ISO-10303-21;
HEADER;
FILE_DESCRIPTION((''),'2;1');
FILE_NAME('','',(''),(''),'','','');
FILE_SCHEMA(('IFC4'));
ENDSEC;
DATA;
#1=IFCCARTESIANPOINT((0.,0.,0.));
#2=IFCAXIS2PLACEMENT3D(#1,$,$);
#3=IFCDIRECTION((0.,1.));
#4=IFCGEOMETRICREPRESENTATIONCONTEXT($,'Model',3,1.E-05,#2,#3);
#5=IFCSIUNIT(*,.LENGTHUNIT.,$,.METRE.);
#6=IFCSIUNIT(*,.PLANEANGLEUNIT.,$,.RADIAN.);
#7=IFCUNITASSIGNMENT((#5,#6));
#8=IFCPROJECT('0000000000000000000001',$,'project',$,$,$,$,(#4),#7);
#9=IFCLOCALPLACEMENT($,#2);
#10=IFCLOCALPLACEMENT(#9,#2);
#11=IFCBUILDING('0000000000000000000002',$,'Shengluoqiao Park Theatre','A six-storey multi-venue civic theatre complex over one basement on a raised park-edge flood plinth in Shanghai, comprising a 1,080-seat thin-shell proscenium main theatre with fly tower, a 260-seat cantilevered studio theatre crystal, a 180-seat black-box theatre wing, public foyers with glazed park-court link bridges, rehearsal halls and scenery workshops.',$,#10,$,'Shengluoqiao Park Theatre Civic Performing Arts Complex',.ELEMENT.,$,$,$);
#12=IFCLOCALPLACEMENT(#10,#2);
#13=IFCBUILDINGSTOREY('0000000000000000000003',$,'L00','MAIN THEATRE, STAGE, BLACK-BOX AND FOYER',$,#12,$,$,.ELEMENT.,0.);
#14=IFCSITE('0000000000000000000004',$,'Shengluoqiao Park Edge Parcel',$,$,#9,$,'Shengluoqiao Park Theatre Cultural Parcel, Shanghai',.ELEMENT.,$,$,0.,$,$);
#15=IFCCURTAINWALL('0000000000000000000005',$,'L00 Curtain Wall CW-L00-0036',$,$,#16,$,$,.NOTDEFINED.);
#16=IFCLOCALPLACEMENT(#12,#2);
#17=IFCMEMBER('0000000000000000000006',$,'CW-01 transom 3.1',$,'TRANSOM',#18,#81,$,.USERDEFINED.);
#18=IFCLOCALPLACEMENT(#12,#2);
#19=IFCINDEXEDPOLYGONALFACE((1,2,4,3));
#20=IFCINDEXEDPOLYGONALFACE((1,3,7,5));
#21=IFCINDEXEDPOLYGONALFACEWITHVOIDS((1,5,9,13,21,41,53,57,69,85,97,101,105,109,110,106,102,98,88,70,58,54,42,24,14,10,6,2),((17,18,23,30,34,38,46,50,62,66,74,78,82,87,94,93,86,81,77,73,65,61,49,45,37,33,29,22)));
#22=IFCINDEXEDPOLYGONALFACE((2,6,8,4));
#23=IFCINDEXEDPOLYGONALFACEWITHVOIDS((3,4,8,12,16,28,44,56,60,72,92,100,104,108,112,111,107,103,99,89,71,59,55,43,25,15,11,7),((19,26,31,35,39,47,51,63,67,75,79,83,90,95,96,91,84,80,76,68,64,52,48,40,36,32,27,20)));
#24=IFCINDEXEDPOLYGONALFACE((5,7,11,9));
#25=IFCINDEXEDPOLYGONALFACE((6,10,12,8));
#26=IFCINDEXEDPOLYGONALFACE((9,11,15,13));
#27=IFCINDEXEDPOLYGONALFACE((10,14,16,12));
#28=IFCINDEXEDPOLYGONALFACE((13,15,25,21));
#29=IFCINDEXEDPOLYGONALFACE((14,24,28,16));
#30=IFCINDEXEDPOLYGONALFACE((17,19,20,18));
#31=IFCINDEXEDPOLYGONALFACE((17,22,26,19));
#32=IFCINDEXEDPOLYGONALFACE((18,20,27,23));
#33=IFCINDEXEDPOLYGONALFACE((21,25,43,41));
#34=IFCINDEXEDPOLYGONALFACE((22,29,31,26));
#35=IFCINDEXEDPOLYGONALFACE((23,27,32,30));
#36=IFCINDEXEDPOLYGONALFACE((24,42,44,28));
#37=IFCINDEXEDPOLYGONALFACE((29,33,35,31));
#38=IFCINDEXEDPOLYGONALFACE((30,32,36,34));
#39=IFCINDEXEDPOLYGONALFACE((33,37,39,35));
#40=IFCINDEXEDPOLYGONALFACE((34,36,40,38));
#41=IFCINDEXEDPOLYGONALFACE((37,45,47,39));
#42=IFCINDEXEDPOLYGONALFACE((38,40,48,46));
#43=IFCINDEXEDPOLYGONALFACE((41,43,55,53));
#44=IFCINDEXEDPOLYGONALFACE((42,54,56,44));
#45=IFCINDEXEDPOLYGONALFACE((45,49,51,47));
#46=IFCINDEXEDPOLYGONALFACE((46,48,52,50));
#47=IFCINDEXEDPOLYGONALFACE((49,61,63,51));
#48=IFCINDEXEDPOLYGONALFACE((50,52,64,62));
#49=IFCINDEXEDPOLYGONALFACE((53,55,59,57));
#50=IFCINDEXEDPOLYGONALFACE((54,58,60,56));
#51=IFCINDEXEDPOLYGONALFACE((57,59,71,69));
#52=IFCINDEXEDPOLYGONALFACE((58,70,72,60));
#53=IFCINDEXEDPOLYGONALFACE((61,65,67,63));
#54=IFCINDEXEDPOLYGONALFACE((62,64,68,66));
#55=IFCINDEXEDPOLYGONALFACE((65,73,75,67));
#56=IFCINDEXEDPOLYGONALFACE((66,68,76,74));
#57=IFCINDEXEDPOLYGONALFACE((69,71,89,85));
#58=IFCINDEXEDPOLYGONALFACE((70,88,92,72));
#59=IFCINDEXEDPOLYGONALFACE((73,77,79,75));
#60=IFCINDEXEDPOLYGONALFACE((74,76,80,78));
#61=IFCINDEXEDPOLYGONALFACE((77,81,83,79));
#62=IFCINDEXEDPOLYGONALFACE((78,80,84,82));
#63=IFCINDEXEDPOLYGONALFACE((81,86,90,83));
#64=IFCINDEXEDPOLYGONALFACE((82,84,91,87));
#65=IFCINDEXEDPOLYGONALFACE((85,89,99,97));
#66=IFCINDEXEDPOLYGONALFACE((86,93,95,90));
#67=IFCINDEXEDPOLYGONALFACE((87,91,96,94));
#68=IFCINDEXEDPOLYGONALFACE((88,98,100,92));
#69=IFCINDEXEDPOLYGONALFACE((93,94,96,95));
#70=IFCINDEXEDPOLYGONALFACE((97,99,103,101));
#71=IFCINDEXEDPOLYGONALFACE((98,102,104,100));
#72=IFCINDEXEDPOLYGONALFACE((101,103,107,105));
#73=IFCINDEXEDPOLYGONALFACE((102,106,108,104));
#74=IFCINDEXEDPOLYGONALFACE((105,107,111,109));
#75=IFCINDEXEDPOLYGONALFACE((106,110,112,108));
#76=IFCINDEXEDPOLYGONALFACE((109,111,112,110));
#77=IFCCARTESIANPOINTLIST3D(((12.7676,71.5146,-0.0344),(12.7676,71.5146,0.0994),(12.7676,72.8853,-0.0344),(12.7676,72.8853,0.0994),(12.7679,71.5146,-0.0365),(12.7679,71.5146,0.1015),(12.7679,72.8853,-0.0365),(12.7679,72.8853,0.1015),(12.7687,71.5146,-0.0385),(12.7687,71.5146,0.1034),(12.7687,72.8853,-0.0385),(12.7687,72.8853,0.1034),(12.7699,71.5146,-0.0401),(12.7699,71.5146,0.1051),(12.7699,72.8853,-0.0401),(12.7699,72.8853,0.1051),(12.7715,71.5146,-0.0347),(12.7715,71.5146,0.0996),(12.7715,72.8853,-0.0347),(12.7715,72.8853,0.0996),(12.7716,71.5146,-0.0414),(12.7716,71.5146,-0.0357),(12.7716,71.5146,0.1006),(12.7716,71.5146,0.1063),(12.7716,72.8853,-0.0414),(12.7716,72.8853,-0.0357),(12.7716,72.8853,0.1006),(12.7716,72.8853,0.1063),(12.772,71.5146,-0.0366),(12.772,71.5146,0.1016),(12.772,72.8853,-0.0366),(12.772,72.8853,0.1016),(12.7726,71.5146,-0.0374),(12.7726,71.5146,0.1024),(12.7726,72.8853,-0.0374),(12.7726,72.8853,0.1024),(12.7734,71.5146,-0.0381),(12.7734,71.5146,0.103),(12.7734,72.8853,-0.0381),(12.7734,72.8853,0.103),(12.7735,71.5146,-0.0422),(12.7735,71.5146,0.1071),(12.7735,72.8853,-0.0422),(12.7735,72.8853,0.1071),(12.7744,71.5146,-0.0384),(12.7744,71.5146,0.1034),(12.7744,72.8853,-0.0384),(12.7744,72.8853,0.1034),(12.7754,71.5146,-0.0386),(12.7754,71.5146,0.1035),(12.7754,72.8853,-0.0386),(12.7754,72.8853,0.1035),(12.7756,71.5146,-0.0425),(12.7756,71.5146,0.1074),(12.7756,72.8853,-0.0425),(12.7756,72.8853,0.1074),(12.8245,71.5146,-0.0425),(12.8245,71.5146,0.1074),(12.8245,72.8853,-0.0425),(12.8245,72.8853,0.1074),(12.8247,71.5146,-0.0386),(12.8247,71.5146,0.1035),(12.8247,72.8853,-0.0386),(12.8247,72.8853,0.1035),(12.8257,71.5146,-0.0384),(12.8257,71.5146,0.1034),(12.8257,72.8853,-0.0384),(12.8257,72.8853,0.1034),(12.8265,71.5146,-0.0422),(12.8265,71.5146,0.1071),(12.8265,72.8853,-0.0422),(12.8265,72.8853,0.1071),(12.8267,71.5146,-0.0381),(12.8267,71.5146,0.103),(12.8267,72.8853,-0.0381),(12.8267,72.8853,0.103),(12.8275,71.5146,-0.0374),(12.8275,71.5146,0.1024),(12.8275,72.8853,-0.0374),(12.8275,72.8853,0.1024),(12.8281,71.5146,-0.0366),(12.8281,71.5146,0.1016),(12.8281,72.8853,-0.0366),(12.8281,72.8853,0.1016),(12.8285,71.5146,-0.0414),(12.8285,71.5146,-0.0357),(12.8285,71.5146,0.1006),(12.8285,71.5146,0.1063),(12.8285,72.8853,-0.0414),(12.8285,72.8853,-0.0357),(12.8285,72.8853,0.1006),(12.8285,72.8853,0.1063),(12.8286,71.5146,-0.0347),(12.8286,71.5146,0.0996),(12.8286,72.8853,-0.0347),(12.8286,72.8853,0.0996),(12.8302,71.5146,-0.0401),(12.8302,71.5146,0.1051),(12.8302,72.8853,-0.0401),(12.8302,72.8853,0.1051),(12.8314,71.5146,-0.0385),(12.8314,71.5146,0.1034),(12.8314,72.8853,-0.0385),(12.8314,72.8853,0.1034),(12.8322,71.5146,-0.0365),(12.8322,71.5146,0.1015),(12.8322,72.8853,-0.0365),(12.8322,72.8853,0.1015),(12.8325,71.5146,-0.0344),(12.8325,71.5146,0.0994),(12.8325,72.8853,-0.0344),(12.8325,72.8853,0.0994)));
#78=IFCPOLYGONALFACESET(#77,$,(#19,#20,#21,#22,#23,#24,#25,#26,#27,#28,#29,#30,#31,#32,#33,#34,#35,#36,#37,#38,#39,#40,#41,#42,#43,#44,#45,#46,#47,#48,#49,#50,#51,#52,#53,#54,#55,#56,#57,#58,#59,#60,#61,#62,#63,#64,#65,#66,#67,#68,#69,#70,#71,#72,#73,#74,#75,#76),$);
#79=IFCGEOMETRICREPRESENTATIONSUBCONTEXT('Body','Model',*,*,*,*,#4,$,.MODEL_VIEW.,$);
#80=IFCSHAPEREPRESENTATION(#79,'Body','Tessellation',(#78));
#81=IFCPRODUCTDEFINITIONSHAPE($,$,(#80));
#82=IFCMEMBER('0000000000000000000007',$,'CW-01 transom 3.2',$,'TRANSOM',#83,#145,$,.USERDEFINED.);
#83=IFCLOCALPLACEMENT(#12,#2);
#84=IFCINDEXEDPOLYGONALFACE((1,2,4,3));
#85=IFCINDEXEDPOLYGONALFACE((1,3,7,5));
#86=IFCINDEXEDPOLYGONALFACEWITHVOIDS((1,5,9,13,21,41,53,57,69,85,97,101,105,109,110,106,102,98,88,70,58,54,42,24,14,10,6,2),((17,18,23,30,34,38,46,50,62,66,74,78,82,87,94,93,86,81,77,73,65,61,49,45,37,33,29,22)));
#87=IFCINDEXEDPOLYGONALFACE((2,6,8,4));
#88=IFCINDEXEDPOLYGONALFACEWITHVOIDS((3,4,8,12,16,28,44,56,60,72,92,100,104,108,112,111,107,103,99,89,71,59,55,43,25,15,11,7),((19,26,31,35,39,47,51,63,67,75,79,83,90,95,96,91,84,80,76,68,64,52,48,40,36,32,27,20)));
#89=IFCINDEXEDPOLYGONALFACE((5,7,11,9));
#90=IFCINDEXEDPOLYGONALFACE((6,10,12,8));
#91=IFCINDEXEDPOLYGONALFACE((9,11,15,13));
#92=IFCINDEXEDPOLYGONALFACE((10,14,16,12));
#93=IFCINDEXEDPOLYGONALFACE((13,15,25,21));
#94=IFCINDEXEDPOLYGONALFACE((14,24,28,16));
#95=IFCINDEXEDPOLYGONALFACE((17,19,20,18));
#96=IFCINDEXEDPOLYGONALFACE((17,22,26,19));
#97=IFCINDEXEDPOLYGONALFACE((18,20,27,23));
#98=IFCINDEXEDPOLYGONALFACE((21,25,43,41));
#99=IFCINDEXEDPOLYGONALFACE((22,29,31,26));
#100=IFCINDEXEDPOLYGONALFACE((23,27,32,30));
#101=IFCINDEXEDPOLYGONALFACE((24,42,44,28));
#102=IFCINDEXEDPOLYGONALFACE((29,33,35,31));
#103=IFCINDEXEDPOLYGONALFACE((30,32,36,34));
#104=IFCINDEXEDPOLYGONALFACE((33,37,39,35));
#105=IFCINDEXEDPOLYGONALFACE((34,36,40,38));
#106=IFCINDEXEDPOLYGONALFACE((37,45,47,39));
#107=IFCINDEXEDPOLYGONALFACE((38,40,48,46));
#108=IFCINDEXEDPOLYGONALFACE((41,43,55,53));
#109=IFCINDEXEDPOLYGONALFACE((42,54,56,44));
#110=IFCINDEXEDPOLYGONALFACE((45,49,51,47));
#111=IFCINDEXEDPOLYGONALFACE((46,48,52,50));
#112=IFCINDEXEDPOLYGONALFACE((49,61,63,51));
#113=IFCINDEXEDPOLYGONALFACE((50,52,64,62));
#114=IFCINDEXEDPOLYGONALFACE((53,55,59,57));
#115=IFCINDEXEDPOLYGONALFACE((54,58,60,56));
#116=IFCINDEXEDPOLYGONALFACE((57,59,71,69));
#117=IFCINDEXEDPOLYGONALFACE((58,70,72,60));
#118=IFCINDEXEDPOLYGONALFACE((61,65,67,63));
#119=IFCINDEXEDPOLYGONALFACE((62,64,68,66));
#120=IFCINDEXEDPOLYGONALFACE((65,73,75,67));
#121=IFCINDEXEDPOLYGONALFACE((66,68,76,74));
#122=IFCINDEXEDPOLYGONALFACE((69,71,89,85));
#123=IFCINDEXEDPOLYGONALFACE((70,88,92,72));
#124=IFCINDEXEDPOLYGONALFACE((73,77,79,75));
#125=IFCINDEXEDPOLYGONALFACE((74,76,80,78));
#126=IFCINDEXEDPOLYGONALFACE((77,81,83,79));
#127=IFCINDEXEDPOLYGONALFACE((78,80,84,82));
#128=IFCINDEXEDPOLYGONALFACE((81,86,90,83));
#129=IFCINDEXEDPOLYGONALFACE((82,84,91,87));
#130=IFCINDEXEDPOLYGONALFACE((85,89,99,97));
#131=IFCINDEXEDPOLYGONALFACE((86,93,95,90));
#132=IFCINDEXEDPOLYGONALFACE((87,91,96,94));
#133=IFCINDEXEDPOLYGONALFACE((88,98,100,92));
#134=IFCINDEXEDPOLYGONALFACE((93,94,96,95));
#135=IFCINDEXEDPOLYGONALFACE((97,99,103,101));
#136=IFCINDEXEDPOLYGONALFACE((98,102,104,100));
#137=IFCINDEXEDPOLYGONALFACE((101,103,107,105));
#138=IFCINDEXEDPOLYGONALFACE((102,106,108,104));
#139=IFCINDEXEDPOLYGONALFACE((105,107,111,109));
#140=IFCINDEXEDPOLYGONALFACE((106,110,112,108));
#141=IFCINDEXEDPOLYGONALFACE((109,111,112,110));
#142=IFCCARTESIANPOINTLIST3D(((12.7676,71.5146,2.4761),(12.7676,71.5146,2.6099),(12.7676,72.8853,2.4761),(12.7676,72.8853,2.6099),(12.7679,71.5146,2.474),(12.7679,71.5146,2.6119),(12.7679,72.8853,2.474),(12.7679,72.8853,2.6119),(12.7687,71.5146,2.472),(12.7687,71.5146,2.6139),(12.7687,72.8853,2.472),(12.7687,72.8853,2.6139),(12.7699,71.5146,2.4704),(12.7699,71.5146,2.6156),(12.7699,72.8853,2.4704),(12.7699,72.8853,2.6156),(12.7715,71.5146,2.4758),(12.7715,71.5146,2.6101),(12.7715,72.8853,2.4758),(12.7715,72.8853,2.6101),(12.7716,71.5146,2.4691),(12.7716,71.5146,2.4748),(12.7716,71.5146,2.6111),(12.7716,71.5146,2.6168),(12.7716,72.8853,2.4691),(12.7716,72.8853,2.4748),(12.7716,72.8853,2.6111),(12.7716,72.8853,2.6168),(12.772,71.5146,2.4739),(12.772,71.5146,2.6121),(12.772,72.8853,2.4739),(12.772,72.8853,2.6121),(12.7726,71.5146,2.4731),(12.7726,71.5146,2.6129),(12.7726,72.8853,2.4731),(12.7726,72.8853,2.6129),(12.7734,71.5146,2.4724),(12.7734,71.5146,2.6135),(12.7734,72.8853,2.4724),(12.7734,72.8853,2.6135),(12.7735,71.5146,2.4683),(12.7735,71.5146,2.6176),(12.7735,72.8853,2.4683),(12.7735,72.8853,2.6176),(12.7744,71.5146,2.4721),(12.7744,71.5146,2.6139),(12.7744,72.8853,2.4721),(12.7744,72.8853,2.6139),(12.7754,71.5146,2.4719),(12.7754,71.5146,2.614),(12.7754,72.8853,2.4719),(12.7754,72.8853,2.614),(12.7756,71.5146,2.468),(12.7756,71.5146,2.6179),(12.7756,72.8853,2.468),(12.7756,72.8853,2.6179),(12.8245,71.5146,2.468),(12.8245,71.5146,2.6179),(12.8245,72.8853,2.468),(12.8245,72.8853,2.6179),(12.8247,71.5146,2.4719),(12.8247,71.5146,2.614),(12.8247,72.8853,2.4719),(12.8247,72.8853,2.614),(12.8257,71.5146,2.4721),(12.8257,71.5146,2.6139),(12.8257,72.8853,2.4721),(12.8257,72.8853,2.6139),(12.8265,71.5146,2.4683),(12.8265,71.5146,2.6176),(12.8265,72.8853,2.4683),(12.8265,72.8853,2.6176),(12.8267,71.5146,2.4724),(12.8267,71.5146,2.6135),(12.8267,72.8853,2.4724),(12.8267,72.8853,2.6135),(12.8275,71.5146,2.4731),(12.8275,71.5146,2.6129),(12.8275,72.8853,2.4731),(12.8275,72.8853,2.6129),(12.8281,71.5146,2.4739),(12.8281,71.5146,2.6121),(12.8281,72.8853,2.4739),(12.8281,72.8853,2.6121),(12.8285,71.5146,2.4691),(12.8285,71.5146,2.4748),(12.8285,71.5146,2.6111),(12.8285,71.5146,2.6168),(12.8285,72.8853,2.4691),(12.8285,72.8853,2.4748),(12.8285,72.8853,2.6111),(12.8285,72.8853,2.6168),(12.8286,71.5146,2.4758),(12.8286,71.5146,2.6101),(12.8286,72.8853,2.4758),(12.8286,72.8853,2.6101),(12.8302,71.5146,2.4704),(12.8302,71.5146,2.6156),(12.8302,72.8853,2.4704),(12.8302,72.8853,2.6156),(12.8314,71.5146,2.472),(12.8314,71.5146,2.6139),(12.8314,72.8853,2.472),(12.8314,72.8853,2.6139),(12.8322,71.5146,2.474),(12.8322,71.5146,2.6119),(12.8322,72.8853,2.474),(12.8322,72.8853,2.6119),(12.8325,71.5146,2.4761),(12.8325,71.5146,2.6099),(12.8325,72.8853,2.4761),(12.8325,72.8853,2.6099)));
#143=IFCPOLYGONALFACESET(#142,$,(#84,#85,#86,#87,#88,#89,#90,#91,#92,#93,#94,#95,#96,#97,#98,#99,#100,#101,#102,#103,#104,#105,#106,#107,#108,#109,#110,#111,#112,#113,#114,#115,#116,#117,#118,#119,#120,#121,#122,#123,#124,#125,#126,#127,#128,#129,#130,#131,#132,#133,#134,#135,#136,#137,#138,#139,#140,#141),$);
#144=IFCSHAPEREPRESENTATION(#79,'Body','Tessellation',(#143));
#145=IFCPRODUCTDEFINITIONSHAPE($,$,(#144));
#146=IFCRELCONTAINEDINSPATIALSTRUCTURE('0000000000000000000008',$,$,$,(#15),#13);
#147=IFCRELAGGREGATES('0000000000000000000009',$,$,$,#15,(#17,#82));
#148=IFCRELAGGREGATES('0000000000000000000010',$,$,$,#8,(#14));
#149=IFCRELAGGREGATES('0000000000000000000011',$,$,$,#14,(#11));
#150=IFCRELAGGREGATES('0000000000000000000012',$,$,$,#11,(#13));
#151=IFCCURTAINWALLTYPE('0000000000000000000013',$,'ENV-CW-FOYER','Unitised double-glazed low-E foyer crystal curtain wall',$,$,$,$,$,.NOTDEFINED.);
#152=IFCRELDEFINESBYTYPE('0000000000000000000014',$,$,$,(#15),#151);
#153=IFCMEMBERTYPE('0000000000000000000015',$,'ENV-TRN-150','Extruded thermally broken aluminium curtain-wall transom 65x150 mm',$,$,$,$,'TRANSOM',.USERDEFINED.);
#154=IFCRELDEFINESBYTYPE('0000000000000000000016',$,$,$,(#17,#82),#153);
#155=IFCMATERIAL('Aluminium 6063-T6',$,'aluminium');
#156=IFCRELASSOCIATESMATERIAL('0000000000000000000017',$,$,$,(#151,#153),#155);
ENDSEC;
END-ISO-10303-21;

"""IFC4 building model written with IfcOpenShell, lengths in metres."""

from ifc_helpers import new_model, si_unit, direction, frame, origin, origin_2d, place, context, subcontext, project, spatial, hollow_rectangle, extrude, material, material_profile, profile_set, type_object, element, aggregate, save


model = new_model("IFC4")

# Units and contexts
model_context = context("Model", 3, precision=1e-05, world=origin(), true_north=direction((0.0, 1.0)))
body_context = subcontext(model_context, "Body", "Model", "MODEL_VIEW")
ifc_project = project(units=[si_unit("LENGTHUNIT", "METRE"), si_unit("PLANEANGLEUNIT", "RADIAN")], contexts=[model_context])

# Site, building, storey
site_placement = place(None, origin())
site = spatial("IfcSite", under=ifc_project, at=site_placement, Name="Shengluoqiao Park Edge Parcel", LongName="Shengluoqiao Park Theatre Cultural Parcel, Shanghai", CompositionType="ELEMENT", RefElevation=0.0)
building_placement = place(site_placement, origin())
building = spatial("IfcBuilding", under=site, at=building_placement, Name="Shengluoqiao Park Theatre", Description="A six-storey multi-venue civic theatre complex over one basement on a raised park-edge flood plinth in Shanghai, comprising a 1,080-seat thin-shell proscenium main theatre with fly tower, a 260-seat cantilevered studio theatre crystal, a 180-seat black-box theatre wing, public foyers with glazed park-court link bridges, rehearsal halls and scenery workshops.", LongName="Shengluoqiao Park Theatre Civic Performing Arts Complex", CompositionType="ELEMENT")
storey_placement = place(building_placement, origin())
storey = spatial("IfcBuildingStorey", under=building, at=storey_placement, Name="L00", Description="MAIN THEATRE, STAGE, BLACK-BOX AND FOYER", CompositionType="ELEMENT", Elevation=0.0)

# Curtain wall, members
ifc_material_1 = material(Name="Aluminium 6063-T6", Category="aluminium")
curtain_wall_type = type_object("IfcCurtainWallType", Name="ENV-CW-FOYER", Description="Unitised double-glazed low-E foyer crystal curtain wall", PredefinedType="NOTDEFINED", material=ifc_material_1)
curtain_wall_placement = place(storey_placement, origin())
curtain_wall = element("IfcCurtainWall", 1, at=curtain_wall_placement, inside=storey, type_object=curtain_wall_type, Name="L00 Curtain Wall CW-L00-0036", PredefinedType="NOTDEFINED")
ifc_material_profile_1 = material_profile(ifc_material_1, hollow_rectangle(XDim=0.0649, YDim=0.1499, WallThickness=0.0039, InnerFilletRadius=0.0039, OuterFilletRadius=0.0081, at=origin_2d()), Name="ALU TRANSOM 150x65x4")
ifc_profile_set_1 = profile_set([ifc_material_profile_1], Name="Aluminium 6063-T6")
member_type_1 = type_object("IfcMemberType", Name="ENV-TRN-150", Description="Extruded thermally broken aluminium curtain-wall transom 65x150 mm", ElementType="TRANSOM", PredefinedType="USERDEFINED", material=ifc_profile_set_1)
member_1_placement = place(storey_placement, frame((12.8, 71.5146, 0.0325), z_axis=(0.0, 1.0, 0.0), x_axis=(-1.0, 0.0, 0.0)))
member_1 = element("IfcMember", 2, at=member_1_placement, type_object=member_type_1, Name="CW-01 transom 3.1", ObjectType="TRANSOM", PredefinedType="USERDEFINED", context=body_context, shape_type="SweptSolid", body=[
    extrude(hollow_rectangle(XDim=0.0649, YDim=0.1499, WallThickness=0.0039, InnerFilletRadius=0.0039, OuterFilletRadius=0.0081, at=origin_2d()), origin(), (0.0, 0.0, 1.0), 1.3706),
])
member_2_placement = place(storey_placement, frame((12.8, 71.5146, 2.543), z_axis=(0.0, 1.0, 0.0), x_axis=(-1.0, 0.0, 0.0)))
member_2 = element("IfcMember", 3, at=member_2_placement, type_object=member_type_1, Name="CW-01 transom 3.2", ObjectType="TRANSOM", PredefinedType="USERDEFINED", context=body_context, shape_type="SweptSolid", body=[
    extrude(hollow_rectangle(XDim=0.0649, YDim=0.1499, WallThickness=0.0039, InnerFilletRadius=0.0039, OuterFilletRadius=0.0081, at=origin_2d()), origin(), (0.0, 0.0, 1.0), 1.3706),
])

aggregate(curtain_wall, [member_1, member_2])

save(model, "model.ifc")
